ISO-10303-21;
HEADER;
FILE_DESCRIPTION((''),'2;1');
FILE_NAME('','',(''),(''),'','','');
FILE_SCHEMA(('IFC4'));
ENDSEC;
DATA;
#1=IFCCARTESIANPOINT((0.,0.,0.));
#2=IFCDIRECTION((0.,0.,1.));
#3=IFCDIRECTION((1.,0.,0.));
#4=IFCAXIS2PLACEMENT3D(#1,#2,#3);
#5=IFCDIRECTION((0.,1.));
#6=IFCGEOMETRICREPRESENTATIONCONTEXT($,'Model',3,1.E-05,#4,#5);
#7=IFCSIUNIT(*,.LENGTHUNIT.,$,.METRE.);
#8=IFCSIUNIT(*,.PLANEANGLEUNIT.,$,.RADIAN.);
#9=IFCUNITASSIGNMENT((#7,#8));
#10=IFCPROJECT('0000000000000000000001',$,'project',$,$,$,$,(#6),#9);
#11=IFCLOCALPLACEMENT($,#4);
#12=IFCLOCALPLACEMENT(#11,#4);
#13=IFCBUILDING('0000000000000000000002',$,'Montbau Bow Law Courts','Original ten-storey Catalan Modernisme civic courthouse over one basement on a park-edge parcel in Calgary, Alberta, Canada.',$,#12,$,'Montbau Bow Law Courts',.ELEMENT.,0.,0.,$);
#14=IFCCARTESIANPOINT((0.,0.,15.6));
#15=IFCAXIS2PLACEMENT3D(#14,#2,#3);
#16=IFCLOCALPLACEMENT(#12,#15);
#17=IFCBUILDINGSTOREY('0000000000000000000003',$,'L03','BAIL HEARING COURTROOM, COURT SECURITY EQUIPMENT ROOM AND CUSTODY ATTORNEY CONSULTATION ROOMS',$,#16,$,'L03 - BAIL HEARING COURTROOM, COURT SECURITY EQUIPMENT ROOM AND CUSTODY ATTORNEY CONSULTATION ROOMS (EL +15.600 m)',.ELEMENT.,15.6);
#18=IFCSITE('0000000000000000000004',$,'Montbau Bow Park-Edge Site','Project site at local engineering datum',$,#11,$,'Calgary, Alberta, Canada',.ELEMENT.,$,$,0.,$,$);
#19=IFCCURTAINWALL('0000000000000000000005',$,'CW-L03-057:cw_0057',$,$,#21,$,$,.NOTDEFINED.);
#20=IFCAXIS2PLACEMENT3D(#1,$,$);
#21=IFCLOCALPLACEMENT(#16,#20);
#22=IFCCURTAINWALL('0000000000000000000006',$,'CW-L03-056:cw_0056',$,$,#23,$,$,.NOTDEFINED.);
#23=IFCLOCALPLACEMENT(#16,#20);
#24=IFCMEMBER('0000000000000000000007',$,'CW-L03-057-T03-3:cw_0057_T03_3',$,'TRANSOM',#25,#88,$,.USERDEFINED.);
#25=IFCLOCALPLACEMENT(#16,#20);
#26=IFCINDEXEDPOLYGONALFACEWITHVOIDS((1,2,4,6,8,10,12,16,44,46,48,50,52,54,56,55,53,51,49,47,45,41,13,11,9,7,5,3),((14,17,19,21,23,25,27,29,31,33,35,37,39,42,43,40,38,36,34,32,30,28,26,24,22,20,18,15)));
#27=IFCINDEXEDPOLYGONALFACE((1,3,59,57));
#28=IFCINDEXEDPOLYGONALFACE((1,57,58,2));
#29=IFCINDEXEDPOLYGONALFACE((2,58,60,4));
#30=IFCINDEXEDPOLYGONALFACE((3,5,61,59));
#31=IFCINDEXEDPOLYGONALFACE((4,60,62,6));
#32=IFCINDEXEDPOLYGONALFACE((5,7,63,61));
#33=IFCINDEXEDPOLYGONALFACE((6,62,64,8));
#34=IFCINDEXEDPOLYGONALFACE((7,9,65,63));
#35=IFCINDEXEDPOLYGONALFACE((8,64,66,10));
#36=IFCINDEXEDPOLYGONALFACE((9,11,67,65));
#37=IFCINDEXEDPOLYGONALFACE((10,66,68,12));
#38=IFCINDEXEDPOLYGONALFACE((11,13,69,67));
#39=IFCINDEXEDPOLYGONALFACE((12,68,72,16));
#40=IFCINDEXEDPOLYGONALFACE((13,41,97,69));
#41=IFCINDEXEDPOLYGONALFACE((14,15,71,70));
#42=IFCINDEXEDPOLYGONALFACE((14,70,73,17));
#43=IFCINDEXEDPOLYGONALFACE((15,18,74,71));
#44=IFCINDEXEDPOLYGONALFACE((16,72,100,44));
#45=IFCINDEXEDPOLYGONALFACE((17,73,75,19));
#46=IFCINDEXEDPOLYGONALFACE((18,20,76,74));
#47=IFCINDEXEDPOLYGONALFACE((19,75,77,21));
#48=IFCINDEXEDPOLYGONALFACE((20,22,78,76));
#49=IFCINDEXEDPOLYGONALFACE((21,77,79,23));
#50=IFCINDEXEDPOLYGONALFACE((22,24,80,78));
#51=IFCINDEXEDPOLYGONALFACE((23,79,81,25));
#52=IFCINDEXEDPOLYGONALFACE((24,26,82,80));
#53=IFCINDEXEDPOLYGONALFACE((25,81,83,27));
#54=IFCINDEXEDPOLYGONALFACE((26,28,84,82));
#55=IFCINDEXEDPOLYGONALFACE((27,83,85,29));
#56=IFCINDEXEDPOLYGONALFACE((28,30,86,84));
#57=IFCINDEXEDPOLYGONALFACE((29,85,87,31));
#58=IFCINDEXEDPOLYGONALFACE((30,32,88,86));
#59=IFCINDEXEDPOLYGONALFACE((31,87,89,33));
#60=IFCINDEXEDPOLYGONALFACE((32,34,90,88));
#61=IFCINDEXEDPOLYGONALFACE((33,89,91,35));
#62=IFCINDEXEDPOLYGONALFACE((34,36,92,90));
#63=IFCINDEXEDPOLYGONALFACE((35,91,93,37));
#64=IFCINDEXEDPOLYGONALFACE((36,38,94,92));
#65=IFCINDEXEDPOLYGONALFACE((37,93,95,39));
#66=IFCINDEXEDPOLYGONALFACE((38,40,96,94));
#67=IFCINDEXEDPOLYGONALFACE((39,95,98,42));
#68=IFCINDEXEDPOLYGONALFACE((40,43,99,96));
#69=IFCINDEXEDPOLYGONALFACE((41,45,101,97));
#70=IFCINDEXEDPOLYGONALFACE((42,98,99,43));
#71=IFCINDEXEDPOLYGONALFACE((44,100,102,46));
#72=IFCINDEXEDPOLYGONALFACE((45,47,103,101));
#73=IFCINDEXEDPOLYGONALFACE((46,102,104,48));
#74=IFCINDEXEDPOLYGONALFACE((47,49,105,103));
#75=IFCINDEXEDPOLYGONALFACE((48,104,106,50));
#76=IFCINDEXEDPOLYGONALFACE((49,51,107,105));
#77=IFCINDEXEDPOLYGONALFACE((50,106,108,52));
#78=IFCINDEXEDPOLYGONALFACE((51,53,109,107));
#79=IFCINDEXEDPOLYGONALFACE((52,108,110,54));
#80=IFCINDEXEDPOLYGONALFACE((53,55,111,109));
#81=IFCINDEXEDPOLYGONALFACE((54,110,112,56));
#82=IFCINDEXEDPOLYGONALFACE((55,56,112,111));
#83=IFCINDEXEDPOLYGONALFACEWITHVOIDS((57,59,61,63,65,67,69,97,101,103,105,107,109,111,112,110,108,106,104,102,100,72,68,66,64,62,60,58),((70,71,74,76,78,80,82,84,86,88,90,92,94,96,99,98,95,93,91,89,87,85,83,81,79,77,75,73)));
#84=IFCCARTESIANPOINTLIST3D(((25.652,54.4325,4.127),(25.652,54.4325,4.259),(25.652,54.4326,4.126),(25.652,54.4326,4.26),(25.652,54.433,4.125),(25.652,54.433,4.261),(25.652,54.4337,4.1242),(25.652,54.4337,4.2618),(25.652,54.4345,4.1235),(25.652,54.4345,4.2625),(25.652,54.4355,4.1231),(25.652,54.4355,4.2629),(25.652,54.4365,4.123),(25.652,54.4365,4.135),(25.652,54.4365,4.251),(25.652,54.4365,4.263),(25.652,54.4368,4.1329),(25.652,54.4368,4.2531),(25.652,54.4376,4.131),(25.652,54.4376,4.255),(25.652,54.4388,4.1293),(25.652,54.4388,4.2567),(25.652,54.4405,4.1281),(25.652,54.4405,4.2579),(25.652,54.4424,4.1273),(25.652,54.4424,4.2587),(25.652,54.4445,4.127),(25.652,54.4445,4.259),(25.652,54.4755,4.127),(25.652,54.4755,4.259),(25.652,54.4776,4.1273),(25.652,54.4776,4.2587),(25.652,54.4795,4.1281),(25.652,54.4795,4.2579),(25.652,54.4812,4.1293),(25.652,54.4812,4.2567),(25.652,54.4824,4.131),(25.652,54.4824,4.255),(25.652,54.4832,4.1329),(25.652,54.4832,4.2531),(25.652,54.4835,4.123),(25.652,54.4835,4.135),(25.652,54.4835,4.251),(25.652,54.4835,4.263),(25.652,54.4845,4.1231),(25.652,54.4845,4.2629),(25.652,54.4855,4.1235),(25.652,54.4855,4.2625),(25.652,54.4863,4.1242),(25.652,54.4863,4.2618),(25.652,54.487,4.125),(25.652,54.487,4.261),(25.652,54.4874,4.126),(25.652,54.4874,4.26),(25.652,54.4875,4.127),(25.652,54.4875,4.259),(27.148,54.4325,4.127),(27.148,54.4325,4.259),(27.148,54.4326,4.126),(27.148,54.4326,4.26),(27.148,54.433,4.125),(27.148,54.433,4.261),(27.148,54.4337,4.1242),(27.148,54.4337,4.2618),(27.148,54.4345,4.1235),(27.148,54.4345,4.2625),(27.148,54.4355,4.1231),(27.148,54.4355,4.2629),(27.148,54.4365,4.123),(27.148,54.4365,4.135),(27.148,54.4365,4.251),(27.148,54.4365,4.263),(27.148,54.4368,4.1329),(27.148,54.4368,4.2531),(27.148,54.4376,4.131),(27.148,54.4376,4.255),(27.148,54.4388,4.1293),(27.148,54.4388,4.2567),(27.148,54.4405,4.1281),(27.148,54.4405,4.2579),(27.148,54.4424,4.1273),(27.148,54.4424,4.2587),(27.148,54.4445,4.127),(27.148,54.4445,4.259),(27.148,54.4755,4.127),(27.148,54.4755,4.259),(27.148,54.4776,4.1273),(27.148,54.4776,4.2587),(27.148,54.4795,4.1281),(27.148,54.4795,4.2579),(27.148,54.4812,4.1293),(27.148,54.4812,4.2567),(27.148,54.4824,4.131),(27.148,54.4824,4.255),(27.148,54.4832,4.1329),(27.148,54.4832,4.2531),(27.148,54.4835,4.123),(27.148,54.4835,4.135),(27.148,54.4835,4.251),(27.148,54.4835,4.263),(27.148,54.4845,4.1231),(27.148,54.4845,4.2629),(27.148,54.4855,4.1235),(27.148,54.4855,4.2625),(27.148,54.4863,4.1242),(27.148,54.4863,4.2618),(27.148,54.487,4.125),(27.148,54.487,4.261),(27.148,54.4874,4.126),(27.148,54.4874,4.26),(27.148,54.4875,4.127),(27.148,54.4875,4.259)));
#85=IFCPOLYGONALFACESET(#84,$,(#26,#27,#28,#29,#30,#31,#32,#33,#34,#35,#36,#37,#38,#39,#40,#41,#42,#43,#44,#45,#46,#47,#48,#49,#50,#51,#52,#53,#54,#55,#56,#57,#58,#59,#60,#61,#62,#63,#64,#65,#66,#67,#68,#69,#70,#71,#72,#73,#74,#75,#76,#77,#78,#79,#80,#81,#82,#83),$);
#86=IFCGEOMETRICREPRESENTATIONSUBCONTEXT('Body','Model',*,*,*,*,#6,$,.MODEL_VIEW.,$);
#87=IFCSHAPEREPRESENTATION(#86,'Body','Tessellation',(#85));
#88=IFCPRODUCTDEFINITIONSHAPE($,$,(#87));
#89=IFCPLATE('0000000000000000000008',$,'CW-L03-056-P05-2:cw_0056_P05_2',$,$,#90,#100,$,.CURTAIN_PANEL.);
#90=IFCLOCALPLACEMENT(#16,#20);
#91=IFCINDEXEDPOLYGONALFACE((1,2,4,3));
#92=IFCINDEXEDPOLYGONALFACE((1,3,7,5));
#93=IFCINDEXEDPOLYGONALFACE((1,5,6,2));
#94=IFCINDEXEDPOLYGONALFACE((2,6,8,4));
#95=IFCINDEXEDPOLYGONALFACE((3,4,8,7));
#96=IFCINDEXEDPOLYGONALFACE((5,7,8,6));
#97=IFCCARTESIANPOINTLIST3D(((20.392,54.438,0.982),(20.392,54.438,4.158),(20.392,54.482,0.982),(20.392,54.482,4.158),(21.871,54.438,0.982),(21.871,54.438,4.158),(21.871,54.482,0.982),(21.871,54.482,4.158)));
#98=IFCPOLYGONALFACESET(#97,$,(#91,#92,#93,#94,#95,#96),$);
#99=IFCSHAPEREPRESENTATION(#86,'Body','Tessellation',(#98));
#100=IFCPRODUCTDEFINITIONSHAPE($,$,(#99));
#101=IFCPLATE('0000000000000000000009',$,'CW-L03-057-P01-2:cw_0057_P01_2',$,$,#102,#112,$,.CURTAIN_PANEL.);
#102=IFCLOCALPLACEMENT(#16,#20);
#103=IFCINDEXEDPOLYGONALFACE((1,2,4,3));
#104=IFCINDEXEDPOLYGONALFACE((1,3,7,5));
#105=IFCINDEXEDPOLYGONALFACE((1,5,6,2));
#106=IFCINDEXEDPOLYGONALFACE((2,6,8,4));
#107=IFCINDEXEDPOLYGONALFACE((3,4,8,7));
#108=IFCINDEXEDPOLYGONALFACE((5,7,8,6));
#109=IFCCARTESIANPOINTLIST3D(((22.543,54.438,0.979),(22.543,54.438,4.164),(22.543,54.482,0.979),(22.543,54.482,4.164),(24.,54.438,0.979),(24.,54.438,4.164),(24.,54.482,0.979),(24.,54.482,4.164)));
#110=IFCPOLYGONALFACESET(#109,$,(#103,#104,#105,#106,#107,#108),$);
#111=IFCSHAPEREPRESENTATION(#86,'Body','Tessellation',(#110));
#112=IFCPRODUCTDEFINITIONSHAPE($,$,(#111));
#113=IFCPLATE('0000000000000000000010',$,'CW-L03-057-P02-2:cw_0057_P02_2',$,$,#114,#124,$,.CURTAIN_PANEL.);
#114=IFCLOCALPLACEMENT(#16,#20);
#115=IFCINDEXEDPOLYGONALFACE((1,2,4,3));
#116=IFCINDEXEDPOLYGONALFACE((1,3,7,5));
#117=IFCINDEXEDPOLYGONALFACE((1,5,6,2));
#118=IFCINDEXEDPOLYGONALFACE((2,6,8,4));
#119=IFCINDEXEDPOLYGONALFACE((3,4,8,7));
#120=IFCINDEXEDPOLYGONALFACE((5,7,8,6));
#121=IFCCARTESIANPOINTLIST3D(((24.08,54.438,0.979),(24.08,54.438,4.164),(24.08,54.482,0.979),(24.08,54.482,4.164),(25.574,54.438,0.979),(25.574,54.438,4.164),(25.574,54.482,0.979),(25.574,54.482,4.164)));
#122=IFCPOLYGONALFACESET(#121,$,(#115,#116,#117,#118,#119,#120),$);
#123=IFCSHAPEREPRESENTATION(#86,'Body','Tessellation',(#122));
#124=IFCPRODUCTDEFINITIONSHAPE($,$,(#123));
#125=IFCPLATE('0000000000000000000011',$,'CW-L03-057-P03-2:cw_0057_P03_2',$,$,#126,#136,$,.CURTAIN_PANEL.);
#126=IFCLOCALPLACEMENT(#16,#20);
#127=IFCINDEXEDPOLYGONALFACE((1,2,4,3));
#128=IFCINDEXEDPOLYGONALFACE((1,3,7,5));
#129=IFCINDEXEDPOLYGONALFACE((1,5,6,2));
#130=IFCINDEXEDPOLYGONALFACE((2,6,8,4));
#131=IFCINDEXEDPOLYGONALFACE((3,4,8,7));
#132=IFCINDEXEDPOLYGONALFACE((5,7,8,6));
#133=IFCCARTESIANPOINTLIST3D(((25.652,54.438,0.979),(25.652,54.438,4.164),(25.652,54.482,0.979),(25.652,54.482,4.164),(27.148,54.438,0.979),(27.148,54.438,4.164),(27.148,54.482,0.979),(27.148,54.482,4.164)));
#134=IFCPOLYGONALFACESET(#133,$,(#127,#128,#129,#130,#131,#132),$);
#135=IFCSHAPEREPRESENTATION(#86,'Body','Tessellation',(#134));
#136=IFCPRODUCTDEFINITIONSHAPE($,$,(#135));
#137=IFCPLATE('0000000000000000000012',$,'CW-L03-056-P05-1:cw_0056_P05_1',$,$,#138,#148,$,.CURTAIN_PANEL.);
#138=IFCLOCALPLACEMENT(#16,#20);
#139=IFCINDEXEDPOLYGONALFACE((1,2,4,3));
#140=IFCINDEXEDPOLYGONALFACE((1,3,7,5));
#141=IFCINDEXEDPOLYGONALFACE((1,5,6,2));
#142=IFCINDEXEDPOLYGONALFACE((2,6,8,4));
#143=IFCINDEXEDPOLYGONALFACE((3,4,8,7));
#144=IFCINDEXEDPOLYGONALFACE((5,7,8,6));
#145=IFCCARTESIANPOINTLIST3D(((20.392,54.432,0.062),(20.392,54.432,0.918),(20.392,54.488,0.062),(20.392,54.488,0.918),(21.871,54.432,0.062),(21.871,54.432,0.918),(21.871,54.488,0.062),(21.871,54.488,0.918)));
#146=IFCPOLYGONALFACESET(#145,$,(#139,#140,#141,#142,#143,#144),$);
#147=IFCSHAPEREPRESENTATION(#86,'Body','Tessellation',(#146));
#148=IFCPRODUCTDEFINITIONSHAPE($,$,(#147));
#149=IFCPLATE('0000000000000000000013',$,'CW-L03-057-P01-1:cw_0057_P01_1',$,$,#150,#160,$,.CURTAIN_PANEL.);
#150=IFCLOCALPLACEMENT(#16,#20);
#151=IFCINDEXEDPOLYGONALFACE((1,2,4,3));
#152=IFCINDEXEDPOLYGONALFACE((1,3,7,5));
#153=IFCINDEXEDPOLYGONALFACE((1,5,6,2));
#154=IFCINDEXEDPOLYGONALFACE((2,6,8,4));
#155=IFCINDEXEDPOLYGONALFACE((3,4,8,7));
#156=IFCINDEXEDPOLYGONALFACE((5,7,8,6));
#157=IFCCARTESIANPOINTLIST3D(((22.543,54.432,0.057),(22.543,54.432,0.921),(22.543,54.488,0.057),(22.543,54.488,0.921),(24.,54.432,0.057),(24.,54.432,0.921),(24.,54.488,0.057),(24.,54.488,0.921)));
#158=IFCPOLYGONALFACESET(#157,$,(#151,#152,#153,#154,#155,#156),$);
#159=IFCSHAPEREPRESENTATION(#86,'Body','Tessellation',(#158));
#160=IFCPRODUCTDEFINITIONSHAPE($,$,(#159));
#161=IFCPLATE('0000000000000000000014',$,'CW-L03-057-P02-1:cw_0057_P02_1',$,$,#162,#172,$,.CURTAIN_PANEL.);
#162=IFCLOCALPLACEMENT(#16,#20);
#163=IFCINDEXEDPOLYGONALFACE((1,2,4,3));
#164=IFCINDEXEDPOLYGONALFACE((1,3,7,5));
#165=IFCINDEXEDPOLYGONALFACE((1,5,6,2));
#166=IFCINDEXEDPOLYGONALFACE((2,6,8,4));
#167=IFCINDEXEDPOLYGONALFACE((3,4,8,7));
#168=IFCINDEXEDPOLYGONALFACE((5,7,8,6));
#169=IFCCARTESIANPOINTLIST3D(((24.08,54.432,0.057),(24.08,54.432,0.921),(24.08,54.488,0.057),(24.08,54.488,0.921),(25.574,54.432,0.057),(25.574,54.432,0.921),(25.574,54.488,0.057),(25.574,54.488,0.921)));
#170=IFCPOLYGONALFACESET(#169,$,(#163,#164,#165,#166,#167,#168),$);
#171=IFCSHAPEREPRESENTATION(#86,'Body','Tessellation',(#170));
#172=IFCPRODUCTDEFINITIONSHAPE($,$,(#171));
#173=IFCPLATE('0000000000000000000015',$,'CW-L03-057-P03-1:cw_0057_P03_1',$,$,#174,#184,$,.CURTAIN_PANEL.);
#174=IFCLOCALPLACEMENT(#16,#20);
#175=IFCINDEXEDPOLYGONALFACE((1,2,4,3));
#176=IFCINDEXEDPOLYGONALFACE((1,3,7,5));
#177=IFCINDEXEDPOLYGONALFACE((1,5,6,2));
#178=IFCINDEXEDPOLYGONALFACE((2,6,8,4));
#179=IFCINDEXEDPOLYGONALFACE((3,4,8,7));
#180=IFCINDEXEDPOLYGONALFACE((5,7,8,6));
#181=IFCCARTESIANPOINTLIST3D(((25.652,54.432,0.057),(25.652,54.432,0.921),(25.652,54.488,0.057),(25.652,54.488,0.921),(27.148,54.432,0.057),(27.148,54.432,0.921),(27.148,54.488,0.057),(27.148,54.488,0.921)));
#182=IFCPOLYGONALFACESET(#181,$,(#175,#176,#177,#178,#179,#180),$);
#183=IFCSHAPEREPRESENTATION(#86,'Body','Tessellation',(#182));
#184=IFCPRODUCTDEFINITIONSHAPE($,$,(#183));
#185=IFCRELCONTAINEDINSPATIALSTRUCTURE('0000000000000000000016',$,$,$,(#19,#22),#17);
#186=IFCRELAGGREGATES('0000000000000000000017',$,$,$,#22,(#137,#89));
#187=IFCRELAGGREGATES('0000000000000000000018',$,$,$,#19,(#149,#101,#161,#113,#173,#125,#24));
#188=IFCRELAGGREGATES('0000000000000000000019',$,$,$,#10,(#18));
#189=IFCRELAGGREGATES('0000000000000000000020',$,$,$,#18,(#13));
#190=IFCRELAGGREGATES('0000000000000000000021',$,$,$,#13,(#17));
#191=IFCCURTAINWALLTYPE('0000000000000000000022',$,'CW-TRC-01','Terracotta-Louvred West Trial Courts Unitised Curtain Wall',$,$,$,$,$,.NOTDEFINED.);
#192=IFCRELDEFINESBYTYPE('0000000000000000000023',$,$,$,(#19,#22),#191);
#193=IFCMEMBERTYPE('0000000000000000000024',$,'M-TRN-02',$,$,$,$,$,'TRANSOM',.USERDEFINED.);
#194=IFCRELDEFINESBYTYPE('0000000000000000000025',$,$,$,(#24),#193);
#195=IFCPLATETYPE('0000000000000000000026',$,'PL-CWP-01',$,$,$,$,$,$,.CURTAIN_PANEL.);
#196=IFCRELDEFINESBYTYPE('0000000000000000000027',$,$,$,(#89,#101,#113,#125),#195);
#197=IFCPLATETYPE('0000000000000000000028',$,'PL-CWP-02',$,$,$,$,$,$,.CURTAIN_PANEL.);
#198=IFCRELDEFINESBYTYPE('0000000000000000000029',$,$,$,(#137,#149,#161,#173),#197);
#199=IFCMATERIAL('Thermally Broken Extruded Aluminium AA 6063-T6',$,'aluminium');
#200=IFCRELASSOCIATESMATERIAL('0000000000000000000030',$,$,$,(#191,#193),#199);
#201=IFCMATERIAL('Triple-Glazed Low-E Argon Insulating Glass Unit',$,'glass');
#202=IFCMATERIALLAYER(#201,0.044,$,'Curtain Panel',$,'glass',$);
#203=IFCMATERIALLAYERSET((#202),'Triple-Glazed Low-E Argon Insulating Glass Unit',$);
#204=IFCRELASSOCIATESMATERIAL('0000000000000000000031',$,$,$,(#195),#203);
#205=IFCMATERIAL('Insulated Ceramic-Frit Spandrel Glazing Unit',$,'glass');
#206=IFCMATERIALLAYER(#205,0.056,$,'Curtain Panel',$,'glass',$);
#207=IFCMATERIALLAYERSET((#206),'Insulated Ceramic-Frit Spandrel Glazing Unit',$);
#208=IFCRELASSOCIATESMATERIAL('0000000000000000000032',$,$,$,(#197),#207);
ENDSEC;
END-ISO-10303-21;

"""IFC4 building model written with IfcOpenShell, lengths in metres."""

from ifc_helpers import new_model, si_unit, direction, frame, frame_2d, origin_with_axes, origin_2d_with_axis, place, context, subcontext, project, spatial, rectangle, hollow_rectangle, extrude, material, layer, layer_set, material_profile, profile_set, type_object, element, aggregate, save


model = new_model("IFC4")

# Units and contexts
model_context = context("Model", 3, precision=1e-05, world=origin_with_axes(), true_north=direction((0.0, 1.0)))
body_context = subcontext(model_context, "Body", "Model", "MODEL_VIEW")
ifc_project = project(units=[si_unit("LENGTHUNIT", "METRE"), si_unit("PLANEANGLEUNIT", "RADIAN")], contexts=[model_context])

# Site, building, storey
site_placement = place(None, origin_with_axes())
site = spatial("IfcSite", under=ifc_project, at=site_placement, Name="Montbau Bow Park-Edge Site", Description="Project site at local engineering datum", LongName="Calgary, Alberta, Canada", CompositionType="ELEMENT", RefElevation=0.0)
building_placement = place(site_placement, origin_with_axes())
building = spatial("IfcBuilding", under=site, at=building_placement, Name="Montbau Bow Law Courts", Description="Original ten-storey Catalan Modernisme civic courthouse over one basement on a park-edge parcel in Calgary, Alberta, Canada.", LongName="Montbau Bow Law Courts", CompositionType="ELEMENT", ElevationOfRefHeight=0.0, ElevationOfTerrain=0.0)
storey_placement = place(building_placement, frame((0.0, 0.0, 15.6), z_axis=(0.0, 0.0, 1.0), x_axis=(1.0, 0.0, 0.0)))
storey = spatial("IfcBuildingStorey", under=building, at=storey_placement, Name="L03", Description="BAIL HEARING COURTROOM, COURT SECURITY EQUIPMENT ROOM AND CUSTODY ATTORNEY CONSULTATION ROOMS", LongName="L03 - BAIL HEARING COURTROOM, COURT SECURITY EQUIPMENT ROOM AND CUSTODY ATTORNEY CONSULTATION ROOMS (EL +15.600 m)", CompositionType="ELEMENT", Elevation=15.6)

# Curtain walls
ifc_material_1 = material(Name="Thermally Broken Extruded Aluminium AA 6063-T6", Category="aluminium")
curtain_wall_type = type_object("IfcCurtainWallType", Name="CW-TRC-01", Description="Terracotta-Louvred West Trial Courts Unitised Curtain Wall", PredefinedType="NOTDEFINED", material=ifc_material_1)
curtain_wall_1_placement = place(None, frame((22.467, 54.46, 15.6), z_axis=(0.0, 0.0, 1.0), x_axis=(1.0, 0.0, 0.0)))
curtain_wall_1 = element("IfcCurtainWall", 1, at=curtain_wall_1_placement, inside=storey, type_object=curtain_wall_type, Name="CW-L03-057:cw_0057", PredefinedType="NOTDEFINED")
curtain_wall_2_placement = place(None, frame((14.068, 54.46, 15.6), z_axis=(0.0, 0.0, 1.0), x_axis=(1.0, 0.0, 0.0)))
curtain_wall_2 = element("IfcCurtainWall", 2, at=curtain_wall_2_placement, inside=storey, type_object=curtain_wall_type, Name="CW-L03-056:cw_0056", PredefinedType="NOTDEFINED")

# Member
ifc_material_profile_1 = material_profile(ifc_material_1, hollow_rectangle(XDim=0.055, YDim=0.14, WallThickness=0.004, InnerFilletRadius=0.008, OuterFilletRadius=0.004, at=origin_2d_with_axis()), Name="CWT-140X55", Category="Main", Priority=0)
ifc_profile_set_1 = profile_set([ifc_material_profile_1], Name="Thermally Broken Extruded Aluminium AA 6063-T6")
member_type_1 = type_object("IfcMemberType", Name="M-TRN-02", ElementType="TRANSOM", PredefinedType="USERDEFINED", material=ifc_profile_set_1)
member_1_placement = place(None, frame((25.652, 54.46, 19.793), z_axis=(1.0, 0.0, 0.0), x_axis=(0.0, 1.0, 0.0)))
member_1 = element("IfcMember", 3, at=member_1_placement, type_object=member_type_1, Name="CW-L03-057-T03-3:cw_0057_T03_3", ObjectType="TRANSOM", PredefinedType="USERDEFINED", context=body_context, shape_type="SweptSolid", body=[
    extrude(hollow_rectangle(XDim=0.055, YDim=0.14, WallThickness=0.004, InnerFilletRadius=0.008, OuterFilletRadius=0.004, at=origin_2d_with_axis()), origin_with_axes(), (0.0, 0.0, 1.0), 1.496),
])

# Plates
ifc_material_2 = material(Name="Triple-Glazed Low-E Argon Insulating Glass Unit", Category="glass")
ifc_layer_1 = layer(ifc_material_2, 0.044, Name="Curtain Panel", Category="glass")
ifc_layer_set_1 = layer_set([ifc_layer_1], Name="Triple-Glazed Low-E Argon Insulating Glass Unit")
plate_type_1 = type_object("IfcPlateType", Name="PL-CWP-01", PredefinedType="CURTAIN_PANEL", material=ifc_layer_set_1)
plate_1_placement = place(None, frame((20.392, 54.46, 16.582), z_axis=(0.0, -1.0, 0.0), x_axis=(1.0, 0.0, 0.0)))
plate_1 = element("IfcPlate", 4, at=plate_1_placement, type_object=plate_type_1, Name="CW-L03-056-P05-2:cw_0056_P05_2", PredefinedType="CURTAIN_PANEL", context=body_context, shape_type="SweptSolid", body=[
    extrude(rectangle(XDim=1.479, YDim=3.176, at=frame_2d((0.7395, 1.588), x_axis=(1.0, 0.0))), frame((0.0, 0.0, -0.022), z_axis=(0.0, 0.0, 1.0), x_axis=(1.0, 0.0, 0.0)), (0.0, 0.0, 1.0), 0.044),
])
plate_2_placement = place(None, frame((22.543, 54.46, 16.579), z_axis=(0.0, -1.0, 0.0), x_axis=(1.0, 0.0, 0.0)))
plate_2 = element("IfcPlate", 5, at=plate_2_placement, type_object=plate_type_1, Name="CW-L03-057-P01-2:cw_0057_P01_2", PredefinedType="CURTAIN_PANEL", context=body_context, shape_type="SweptSolid", body=[
    extrude(rectangle(XDim=1.457, YDim=3.185, at=frame_2d((0.7285, 1.5925), x_axis=(1.0, 0.0))), frame((0.0, 0.0, -0.022), z_axis=(0.0, 0.0, 1.0), x_axis=(1.0, 0.0, 0.0)), (0.0, 0.0, 1.0), 0.044),
])
plate_3_placement = place(None, frame((24.08, 54.46, 16.579), z_axis=(0.0, -1.0, 0.0), x_axis=(1.0, 0.0, 0.0)))
plate_3 = element("IfcPlate", 6, at=plate_3_placement, type_object=plate_type_1, Name="CW-L03-057-P02-2:cw_0057_P02_2", PredefinedType="CURTAIN_PANEL", context=body_context, shape_type="SweptSolid", body=[
    extrude(rectangle(XDim=1.494, YDim=3.185, at=frame_2d((0.747, 1.5925), x_axis=(1.0, 0.0))), frame((0.0, 0.0, -0.022), z_axis=(0.0, 0.0, 1.0), x_axis=(1.0, 0.0, 0.0)), (0.0, 0.0, 1.0), 0.044),
])
plate_4_placement = place(None, frame((25.652, 54.46, 16.579), z_axis=(0.0, -1.0, 0.0), x_axis=(1.0, 0.0, 0.0)))
plate_4 = element("IfcPlate", 7, at=plate_4_placement, type_object=plate_type_1, Name="CW-L03-057-P03-2:cw_0057_P03_2", PredefinedType="CURTAIN_PANEL", context=body_context, shape_type="SweptSolid", body=[
    extrude(rectangle(XDim=1.496, YDim=3.185, at=frame_2d((0.748, 1.5925), x_axis=(1.0, 0.0))), frame((0.0, 0.0, -0.022), z_axis=(0.0, 0.0, 1.0), x_axis=(1.0, 0.0, 0.0)), (0.0, 0.0, 1.0), 0.044),
])
ifc_material_3 = material(Name="Insulated Ceramic-Frit Spandrel Glazing Unit", Category="glass")
ifc_layer_2 = layer(ifc_material_3, 0.056, Name="Curtain Panel", Category="glass")
ifc_layer_set_2 = layer_set([ifc_layer_2], Name="Insulated Ceramic-Frit Spandrel Glazing Unit")
plate_type_2 = type_object("IfcPlateType", Name="PL-CWP-02", PredefinedType="CURTAIN_PANEL", material=ifc_layer_set_2)
plate_5_placement = place(None, frame((20.392, 54.46, 15.662), z_axis=(0.0, -1.0, 0.0), x_axis=(1.0, 0.0, 0.0)))
plate_5 = element("IfcPlate", 8, at=plate_5_placement, type_object=plate_type_2, Name="CW-L03-056-P05-1:cw_0056_P05_1", PredefinedType="CURTAIN_PANEL", context=body_context, shape_type="SweptSolid", body=[
    extrude(rectangle(XDim=1.479, YDim=0.856, at=frame_2d((0.7395, 0.428), x_axis=(1.0, 0.0))), frame((0.0, 0.0, -0.028), z_axis=(0.0, 0.0, 1.0), x_axis=(1.0, 0.0, 0.0)), (0.0, 0.0, 1.0), 0.056),
])
aggregate(curtain_wall_2, [plate_5, plate_1])
plate_6_placement = place(None, frame((22.543, 54.46, 15.657), z_axis=(0.0, -1.0, 0.0), x_axis=(1.0, 0.0, 0.0)))
plate_6 = element("IfcPlate", 9, at=plate_6_placement, type_object=plate_type_2, Name="CW-L03-057-P01-1:cw_0057_P01_1", PredefinedType="CURTAIN_PANEL", context=body_context, shape_type="SweptSolid", body=[
    extrude(rectangle(XDim=1.457, YDim=0.864, at=frame_2d((0.7285, 0.432), x_axis=(1.0, 0.0))), frame((0.0, 0.0, -0.028), z_axis=(0.0, 0.0, 1.0), x_axis=(1.0, 0.0, 0.0)), (0.0, 0.0, 1.0), 0.056),
])
plate_7_placement = place(None, frame((24.08, 54.46, 15.657), z_axis=(0.0, -1.0, 0.0), x_axis=(1.0, 0.0, 0.0)))
plate_7 = element("IfcPlate", 10, at=plate_7_placement, type_object=plate_type_2, Name="CW-L03-057-P02-1:cw_0057_P02_1", PredefinedType="CURTAIN_PANEL", context=body_context, shape_type="SweptSolid", body=[
    extrude(rectangle(XDim=1.494, YDim=0.864, at=frame_2d((0.747, 0.432), x_axis=(1.0, 0.0))), frame((0.0, 0.0, -0.028), z_axis=(0.0, 0.0, 1.0), x_axis=(1.0, 0.0, 0.0)), (0.0, 0.0, 1.0), 0.056),
])
plate_8_placement = place(None, frame((25.652, 54.46, 15.657), z_axis=(0.0, -1.0, 0.0), x_axis=(1.0, 0.0, 0.0)))
plate_8 = element("IfcPlate", 11, at=plate_8_placement, type_object=plate_type_2, Name="CW-L03-057-P03-1:cw_0057_P03_1", PredefinedType="CURTAIN_PANEL", context=body_context, shape_type="SweptSolid", body=[
    extrude(rectangle(XDim=1.496, YDim=0.864, at=frame_2d((0.748, 0.432), x_axis=(1.0, 0.0))), frame((0.0, 0.0, -0.028), z_axis=(0.0, 0.0, 1.0), x_axis=(1.0, 0.0, 0.0)), (0.0, 0.0, 1.0), 0.056),
])
aggregate(curtain_wall_1, [plate_6, plate_2, plate_7, plate_3, plate_8, plate_4, member_1])

save(model, "model.ifc")
